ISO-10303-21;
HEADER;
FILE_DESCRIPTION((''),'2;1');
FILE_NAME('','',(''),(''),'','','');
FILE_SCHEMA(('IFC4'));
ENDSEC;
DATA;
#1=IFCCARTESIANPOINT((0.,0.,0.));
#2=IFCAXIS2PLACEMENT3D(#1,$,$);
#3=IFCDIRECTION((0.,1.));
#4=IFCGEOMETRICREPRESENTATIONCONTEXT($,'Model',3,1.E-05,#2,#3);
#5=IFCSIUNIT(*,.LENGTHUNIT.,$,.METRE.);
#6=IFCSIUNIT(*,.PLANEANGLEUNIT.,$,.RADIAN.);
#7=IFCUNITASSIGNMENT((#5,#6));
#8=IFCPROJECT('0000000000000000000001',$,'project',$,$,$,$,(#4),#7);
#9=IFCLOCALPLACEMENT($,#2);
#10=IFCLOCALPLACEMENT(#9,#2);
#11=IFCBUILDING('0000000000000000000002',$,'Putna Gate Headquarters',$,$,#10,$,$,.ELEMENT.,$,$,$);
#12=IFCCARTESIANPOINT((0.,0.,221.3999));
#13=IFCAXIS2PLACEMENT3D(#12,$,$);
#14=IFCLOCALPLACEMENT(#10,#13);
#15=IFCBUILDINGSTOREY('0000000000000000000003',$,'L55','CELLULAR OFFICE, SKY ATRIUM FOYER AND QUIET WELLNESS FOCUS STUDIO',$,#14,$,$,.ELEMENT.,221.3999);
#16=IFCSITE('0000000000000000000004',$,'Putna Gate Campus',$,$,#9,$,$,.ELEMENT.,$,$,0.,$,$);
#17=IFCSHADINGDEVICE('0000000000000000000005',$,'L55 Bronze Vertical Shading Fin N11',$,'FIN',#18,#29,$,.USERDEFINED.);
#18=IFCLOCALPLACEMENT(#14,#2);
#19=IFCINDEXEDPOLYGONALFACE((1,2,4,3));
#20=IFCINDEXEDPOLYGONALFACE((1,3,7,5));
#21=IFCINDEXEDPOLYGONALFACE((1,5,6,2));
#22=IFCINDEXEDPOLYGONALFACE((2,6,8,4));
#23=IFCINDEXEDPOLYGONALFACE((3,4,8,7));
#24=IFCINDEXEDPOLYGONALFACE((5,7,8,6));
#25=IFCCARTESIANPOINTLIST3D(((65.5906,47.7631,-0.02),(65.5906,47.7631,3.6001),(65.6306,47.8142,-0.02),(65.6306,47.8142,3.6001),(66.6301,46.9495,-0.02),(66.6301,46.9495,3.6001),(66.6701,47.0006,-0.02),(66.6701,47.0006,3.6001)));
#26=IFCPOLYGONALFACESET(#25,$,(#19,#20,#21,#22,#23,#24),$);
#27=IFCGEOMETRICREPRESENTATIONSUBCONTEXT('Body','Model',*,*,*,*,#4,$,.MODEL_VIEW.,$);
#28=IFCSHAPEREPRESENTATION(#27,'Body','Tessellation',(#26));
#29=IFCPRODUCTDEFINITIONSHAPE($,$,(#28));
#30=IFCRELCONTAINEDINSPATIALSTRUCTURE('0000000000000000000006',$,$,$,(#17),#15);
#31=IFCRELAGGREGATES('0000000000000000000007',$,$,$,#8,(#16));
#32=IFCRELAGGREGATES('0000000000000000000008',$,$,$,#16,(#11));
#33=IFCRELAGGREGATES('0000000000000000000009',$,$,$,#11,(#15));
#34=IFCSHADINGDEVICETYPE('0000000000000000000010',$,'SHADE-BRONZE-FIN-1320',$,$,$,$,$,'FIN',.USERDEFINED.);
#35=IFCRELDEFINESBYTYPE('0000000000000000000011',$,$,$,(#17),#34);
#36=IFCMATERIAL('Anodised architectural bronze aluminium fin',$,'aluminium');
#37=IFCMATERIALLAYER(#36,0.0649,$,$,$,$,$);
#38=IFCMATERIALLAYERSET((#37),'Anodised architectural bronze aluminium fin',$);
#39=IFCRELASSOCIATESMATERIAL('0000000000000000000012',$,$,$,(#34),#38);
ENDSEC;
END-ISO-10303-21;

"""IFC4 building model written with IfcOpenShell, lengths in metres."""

from ifc_helpers import new_model, si_unit, direction, frame, origin, origin_2d, place, context, subcontext, project, spatial, rectangle, extrude, material, layer, layer_set, type_object, element, save


model = new_model("IFC4")

# Units and contexts
model_context = context("Model", 3, precision=1e-05, world=origin(), true_north=direction((0.0, 1.0)))
body_context = subcontext(model_context, "Body", "Model", "MODEL_VIEW")
ifc_project = project(units=[si_unit("LENGTHUNIT", "METRE"), si_unit("PLANEANGLEUNIT", "RADIAN")], contexts=[model_context])

# Site, building, storey
site_placement = place(None, origin())
site = spatial("IfcSite", under=ifc_project, at=site_placement, Name="Putna Gate Campus", CompositionType="ELEMENT", RefElevation=0.0)
building_placement = place(site_placement, origin())
building = spatial("IfcBuilding", under=site, at=building_placement, Name="Putna Gate Headquarters", CompositionType="ELEMENT")
storey_placement = place(building_placement, frame((0.0, 0.0, 221.3999)))
storey = spatial("IfcBuildingStorey", under=building, at=storey_placement, Name="L55", Description="CELLULAR OFFICE, SKY ATRIUM FOYER AND QUIET WELLNESS FOCUS STUDIO", CompositionType="ELEMENT", Elevation=221.3999)

# Shading device
ifc_material_1 = material(Name="Anodised architectural bronze aluminium fin", Category="aluminium")
ifc_layer_1 = layer(ifc_material_1, 0.0649)
ifc_layer_set_1 = layer_set([ifc_layer_1], Name="Anodised architectural bronze aluminium fin")
shading_device_type = type_object("IfcShadingDeviceType", Name="SHADE-BRONZE-FIN-1320", ElementType="FIN", PredefinedType="USERDEFINED", material=ifc_layer_set_1)
for number, where, z_axis, x_axis, name in (
    (1, (66.1304, 47.3818, -0.02), (0.0, 0.0, 1.0), (-0.787473, 0.616349, 0.0), "L55 Bronze Vertical Shading Fin N11"),
):
    element("IfcShadingDevice", number, at=place(storey_placement, frame(where, z_axis=z_axis, x_axis=x_axis)), inside=storey, type_object=shading_device_type, Name=name, ObjectType="FIN", PredefinedType="USERDEFINED", context=body_context, shape_type="SweptSolid", body=[
        extrude(rectangle(XDim=1.3201, YDim=0.0649, at=origin_2d()), origin(), (0.0, 0.0, 1.0), 3.6201),
    ])

save(model, "model.ifc")
